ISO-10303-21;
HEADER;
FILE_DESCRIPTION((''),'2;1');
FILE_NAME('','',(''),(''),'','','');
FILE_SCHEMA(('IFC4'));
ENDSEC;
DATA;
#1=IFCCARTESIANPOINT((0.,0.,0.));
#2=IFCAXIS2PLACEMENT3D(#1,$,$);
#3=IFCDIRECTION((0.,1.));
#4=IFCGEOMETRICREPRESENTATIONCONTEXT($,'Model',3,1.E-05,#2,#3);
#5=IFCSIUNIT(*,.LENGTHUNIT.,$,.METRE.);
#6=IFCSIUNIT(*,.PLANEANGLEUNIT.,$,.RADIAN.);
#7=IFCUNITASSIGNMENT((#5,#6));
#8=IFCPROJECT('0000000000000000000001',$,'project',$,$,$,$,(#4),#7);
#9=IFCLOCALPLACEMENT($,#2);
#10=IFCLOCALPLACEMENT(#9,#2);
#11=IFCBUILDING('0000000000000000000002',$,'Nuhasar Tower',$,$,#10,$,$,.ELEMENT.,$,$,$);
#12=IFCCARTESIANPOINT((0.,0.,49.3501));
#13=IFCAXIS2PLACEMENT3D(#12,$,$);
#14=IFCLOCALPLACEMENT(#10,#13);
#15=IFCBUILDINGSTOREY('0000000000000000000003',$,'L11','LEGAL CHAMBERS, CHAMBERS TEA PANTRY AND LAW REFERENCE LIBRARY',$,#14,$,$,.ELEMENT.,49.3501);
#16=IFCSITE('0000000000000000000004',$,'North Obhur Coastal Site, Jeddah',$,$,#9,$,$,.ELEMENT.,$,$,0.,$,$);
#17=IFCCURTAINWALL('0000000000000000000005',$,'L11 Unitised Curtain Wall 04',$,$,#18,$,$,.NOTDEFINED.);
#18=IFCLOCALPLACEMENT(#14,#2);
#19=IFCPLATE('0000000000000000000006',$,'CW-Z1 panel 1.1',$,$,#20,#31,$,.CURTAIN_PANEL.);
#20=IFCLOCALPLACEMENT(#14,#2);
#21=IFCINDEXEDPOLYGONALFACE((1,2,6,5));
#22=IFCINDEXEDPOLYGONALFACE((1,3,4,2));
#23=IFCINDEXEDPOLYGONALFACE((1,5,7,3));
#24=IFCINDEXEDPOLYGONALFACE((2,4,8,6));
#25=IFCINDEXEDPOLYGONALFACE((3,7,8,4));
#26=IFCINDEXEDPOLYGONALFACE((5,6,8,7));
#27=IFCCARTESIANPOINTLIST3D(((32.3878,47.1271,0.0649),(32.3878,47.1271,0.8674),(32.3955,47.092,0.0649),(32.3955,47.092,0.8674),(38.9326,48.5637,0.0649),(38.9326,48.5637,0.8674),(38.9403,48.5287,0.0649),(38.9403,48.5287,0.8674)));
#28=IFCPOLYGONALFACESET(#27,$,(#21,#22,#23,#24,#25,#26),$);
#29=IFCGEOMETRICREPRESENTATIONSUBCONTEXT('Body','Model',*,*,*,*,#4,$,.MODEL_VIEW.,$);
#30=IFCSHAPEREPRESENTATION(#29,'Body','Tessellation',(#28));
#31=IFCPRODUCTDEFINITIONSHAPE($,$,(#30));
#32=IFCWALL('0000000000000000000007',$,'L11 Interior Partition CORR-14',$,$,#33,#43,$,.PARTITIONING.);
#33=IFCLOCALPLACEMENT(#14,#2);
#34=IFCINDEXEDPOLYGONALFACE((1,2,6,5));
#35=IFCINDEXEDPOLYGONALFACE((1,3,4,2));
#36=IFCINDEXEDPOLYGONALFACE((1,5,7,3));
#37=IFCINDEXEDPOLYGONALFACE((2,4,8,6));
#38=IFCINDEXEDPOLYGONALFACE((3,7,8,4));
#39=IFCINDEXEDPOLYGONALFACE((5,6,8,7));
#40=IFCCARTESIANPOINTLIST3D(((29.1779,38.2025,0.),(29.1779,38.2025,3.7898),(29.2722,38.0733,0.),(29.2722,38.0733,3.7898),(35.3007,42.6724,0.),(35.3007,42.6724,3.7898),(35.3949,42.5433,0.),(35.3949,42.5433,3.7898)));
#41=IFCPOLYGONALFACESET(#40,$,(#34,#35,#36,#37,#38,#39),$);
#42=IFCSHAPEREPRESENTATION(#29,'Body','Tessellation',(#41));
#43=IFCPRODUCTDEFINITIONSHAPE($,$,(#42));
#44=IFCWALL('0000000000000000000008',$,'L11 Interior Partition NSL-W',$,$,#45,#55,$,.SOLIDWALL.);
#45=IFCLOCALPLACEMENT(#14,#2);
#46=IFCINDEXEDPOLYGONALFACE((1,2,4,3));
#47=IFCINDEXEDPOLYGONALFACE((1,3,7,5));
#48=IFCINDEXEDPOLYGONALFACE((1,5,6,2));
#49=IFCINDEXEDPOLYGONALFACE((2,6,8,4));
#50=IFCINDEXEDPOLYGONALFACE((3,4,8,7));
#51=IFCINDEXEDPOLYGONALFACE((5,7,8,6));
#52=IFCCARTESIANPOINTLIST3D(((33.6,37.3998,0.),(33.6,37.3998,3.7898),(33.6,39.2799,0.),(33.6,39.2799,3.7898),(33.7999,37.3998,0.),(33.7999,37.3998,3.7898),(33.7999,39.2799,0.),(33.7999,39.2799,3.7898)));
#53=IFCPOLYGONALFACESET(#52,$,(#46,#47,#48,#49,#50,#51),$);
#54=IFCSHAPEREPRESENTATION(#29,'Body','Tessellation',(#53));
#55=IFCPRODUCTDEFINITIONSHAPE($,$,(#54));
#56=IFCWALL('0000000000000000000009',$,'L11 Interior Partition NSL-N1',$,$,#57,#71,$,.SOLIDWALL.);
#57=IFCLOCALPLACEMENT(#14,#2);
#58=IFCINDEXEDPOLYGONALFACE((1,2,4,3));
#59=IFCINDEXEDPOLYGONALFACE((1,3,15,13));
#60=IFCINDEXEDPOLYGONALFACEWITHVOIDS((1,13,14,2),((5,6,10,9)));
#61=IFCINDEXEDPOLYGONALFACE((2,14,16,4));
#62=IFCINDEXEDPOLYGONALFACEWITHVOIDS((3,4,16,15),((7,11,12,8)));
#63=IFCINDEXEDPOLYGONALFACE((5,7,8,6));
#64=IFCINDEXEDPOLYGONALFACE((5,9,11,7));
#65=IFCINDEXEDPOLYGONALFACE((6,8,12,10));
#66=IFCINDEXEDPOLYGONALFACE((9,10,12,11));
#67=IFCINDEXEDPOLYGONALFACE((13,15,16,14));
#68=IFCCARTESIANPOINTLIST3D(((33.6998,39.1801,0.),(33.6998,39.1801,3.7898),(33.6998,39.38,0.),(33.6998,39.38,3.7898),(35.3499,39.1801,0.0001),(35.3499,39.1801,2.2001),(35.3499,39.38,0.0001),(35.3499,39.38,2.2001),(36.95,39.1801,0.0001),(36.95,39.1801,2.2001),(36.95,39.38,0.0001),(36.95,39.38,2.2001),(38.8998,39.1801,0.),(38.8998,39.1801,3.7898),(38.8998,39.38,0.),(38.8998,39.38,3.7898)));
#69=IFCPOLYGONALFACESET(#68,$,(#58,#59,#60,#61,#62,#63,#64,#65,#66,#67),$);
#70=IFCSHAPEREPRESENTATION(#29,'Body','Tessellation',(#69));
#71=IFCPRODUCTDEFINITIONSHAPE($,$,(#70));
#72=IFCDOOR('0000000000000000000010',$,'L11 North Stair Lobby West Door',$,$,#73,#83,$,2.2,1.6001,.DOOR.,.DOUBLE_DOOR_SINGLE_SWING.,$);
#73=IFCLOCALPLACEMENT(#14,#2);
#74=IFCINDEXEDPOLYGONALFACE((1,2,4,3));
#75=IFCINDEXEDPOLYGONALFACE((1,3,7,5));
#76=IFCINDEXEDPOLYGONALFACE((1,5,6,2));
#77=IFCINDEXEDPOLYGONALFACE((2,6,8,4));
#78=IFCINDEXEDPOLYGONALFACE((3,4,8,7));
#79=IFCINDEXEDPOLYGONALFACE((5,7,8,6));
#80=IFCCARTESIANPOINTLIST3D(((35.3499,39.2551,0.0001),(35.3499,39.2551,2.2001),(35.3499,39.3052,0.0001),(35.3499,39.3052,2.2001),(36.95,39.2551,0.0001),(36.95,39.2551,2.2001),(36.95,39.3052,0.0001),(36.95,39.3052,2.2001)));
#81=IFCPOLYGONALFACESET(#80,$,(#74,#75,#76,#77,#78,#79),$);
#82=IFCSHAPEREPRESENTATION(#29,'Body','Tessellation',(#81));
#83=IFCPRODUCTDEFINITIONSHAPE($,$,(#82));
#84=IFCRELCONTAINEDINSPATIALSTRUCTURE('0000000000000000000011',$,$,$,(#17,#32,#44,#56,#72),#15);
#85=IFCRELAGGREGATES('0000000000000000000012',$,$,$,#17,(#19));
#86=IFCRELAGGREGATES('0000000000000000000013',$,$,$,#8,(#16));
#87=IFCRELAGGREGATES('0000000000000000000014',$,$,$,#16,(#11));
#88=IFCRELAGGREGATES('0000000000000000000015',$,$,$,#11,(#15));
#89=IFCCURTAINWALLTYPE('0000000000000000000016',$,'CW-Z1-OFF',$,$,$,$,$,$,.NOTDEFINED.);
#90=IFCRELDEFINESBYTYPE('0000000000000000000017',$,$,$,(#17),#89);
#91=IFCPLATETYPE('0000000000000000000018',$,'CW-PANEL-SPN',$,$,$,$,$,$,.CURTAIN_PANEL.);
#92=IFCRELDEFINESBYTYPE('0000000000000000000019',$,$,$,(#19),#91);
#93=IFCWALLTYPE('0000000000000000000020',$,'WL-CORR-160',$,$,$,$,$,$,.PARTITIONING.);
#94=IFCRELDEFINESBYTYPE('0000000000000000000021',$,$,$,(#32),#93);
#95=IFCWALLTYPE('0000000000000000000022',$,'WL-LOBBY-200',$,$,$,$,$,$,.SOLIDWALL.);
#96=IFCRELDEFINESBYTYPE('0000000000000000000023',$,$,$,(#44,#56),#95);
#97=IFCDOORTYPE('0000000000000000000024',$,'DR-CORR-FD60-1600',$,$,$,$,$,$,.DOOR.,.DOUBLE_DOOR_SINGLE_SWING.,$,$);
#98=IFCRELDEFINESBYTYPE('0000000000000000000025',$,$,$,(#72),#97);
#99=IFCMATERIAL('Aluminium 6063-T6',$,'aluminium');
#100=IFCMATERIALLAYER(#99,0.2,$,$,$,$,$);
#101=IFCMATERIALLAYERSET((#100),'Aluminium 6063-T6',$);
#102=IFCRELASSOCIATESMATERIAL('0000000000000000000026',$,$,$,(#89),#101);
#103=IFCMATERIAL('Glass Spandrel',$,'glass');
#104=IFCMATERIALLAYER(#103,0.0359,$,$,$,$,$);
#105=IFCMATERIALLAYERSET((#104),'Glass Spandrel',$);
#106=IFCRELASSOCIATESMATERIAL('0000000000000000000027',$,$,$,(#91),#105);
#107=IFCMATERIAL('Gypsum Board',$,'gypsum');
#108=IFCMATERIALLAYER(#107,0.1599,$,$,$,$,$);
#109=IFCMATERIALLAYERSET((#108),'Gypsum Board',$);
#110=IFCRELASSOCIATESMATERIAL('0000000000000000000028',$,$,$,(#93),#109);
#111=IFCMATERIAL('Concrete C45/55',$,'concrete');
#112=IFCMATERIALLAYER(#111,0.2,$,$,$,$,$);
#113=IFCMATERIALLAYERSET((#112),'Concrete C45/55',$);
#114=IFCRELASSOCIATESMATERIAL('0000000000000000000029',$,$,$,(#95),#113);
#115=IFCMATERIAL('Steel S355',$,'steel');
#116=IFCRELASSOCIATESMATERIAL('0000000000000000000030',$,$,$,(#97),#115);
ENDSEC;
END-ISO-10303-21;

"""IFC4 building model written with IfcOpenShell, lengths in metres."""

from ifc_helpers import new_model, si_unit, direction, frame, frame_2d, origin, origin_2d, place, context, subcontext, project, spatial, rectangle, extrude, material, layer, layer_set, type_object, element, fill, aggregate, save


model = new_model("IFC4")

# Units and contexts
model_context = context("Model", 3, precision=1e-05, world=origin(), true_north=direction((0.0, 1.0)))
body_context = subcontext(model_context, "Body", "Model", "MODEL_VIEW")
ifc_project = project(units=[si_unit("LENGTHUNIT", "METRE"), si_unit("PLANEANGLEUNIT", "RADIAN")], contexts=[model_context])

# Site, building, storey
site_placement = place(None, origin())
site = spatial("IfcSite", under=ifc_project, at=site_placement, Name="North Obhur Coastal Site, Jeddah", CompositionType="ELEMENT", RefElevation=0.0)
building_placement = place(site_placement, origin())
building = spatial("IfcBuilding", under=site, at=building_placement, Name="Nuhasar Tower", CompositionType="ELEMENT")
storey_placement = place(building_placement, frame((0.0, 0.0, 49.3501)))
storey = spatial("IfcBuildingStorey", under=building, at=storey_placement, Name="L11", Description="LEGAL CHAMBERS, CHAMBERS TEA PANTRY AND LAW REFERENCE LIBRARY", CompositionType="ELEMENT", Elevation=49.3501)

# Shared definitions
ifc_material_1 = material(Name="Steel S355", Category="steel")

# Curtain wall
ifc_material_2 = material(Name="Aluminium 6063-T6", Category="aluminium")
ifc_layer_1 = layer(ifc_material_2, 0.2)
ifc_layer_set_1 = layer_set([ifc_layer_1], Name="Aluminium 6063-T6")
curtain_wall_type = type_object("IfcCurtainWallType", Name="CW-Z1-OFF", PredefinedType="NOTDEFINED", material=ifc_layer_set_1)
curtain_wall_placement = place(storey_placement, origin())
curtain_wall = element("IfcCurtainWall", 1, at=curtain_wall_placement, inside=storey, type_object=curtain_wall_type, Name="L11 Unitised Curtain Wall 04", PredefinedType="NOTDEFINED")

# Plate
ifc_material_3 = material(Name="Glass Spandrel", Category="glass")
ifc_layer_2 = layer(ifc_material_3, 0.0359)
ifc_layer_set_2 = layer_set([ifc_layer_2], Name="Glass Spandrel")
plate_type_1 = type_object("IfcPlateType", Name="CW-PANEL-SPN", PredefinedType="CURTAIN_PANEL", material=ifc_layer_set_2)
plate_1_placement = place(storey_placement, frame((35.6641, 47.8279, 0.0649), z_axis=(0.0, 0.0, 1.0), x_axis=(-0.976746, -0.214399, 0.0)))
plate_1 = element("IfcPlate", 2, at=plate_1_placement, type_object=plate_type_1, Name="CW-Z1 panel 1.1", PredefinedType="CURTAIN_PANEL", context=body_context, shape_type="SweptSolid", body=[
    extrude(rectangle(XDim=6.7007, YDim=0.0359, at=origin_2d()), origin(), (0.0, 0.0, 1.0), 0.8025),
])
aggregate(curtain_wall, [plate_1])

# Shared definitions
ifc_material_4 = material(Name="Gypsum Board", Category="gypsum")
ifc_layer_3 = layer(ifc_material_4, 0.1599)
ifc_layer_set_3 = layer_set([ifc_layer_3], Name="Gypsum Board")
wall_type_1 = type_object("IfcWallType", Name="WL-CORR-160", PredefinedType="PARTITIONING", material=ifc_layer_set_3)

# Walls
wall_1_placement = place(storey_placement, frame((35.3479, 42.6079, 0.0), z_axis=(0.0, 0.0, 1.0), x_axis=(-0.807667, -0.589639, 0.0)))
element("IfcWall", 3, at=wall_1_placement, inside=storey, type_object=wall_type_1, Name="L11 Interior Partition CORR-14", PredefinedType="PARTITIONING", context=body_context, shape_type="SweptSolid", body=[
    extrude(rectangle(XDim=7.5808, YDim=0.1599, at=frame_2d((3.7905, 0.0))), origin(), (0.0, 0.0, 1.0), 3.7898),
])
ifc_material_5 = material(Name="Concrete C45/55", Category="concrete")
ifc_layer_4 = layer(ifc_material_5, 0.2)
ifc_layer_set_4 = layer_set([ifc_layer_4], Name="Concrete C45/55")
wall_type_2 = type_object("IfcWallType", Name="WL-LOBBY-200", PredefinedType="SOLIDWALL", material=ifc_layer_set_4)
wall_2_placement = place(storey_placement, frame((33.7, 37.3999, 0.0), z_axis=(0.0, 0.0, 1.0), x_axis=(0.0, 1.0, 0.0)))
element("IfcWall", 4, at=wall_2_placement, inside=storey, type_object=wall_type_2, Name="L11 Interior Partition NSL-W", PredefinedType="SOLIDWALL", context=body_context, shape_type="SweptSolid", body=[
    extrude(rectangle(XDim=1.8801, YDim=0.2, at=frame_2d((0.9399, 0.0))), origin(), (0.0, 0.0, 1.0), 3.7898),
])

# Wall, opening, door
wall_3_placement = place(storey_placement, frame((38.8999, 39.28, 0.0), z_axis=(0.0, 0.0, 1.0), x_axis=(-1.0, 0.0, 0.0)))
wall_3 = element("IfcWall", 5, at=wall_3_placement, inside=storey, type_object=wall_type_2, Name="L11 Interior Partition NSL-N1", PredefinedType="SOLIDWALL", context=body_context, shape_type="SweptSolid", body=[
    extrude(rectangle(XDim=5.2, YDim=0.2, at=frame_2d((2.6001, 0.0))), origin(), (0.0, 0.0, 1.0), 3.7898),
])
opening_1_placement = place(wall_3_placement, frame((1.95, 0.0, 0.0)))
opening_1 = element("IfcOpeningElement", 6, at=opening_1_placement, cuts=wall_3, PredefinedType="OPENING", context=body_context, shape_type="SweptSolid", body=[
    extrude(rectangle(XDim=1.6001, YDim=2.2, at=frame_2d((0.8, 1.1001))), frame((0.0, 0.1099, 0.0), z_axis=(0.0, -1.0, 0.0), x_axis=(1.0, 0.0, 0.0)), (0.0, 0.0, 1.0), 0.22),
])
door_type_1 = type_object("IfcDoorType", Name="DR-CORR-FD60-1600", OperationType="DOUBLE_DOOR_SINGLE_SWING", PredefinedType="DOOR", material=ifc_material_1)
door_1_placement = place(opening_1_placement, origin())
door_1 = element("IfcDoor", 7, at=door_1_placement, inside=storey, type_object=door_type_1, Name="L11 North Stair Lobby West Door", OperationType="DOUBLE_DOOR_SINGLE_SWING", OverallHeight=2.2, OverallWidth=1.6001, PredefinedType="DOOR", context=body_context, shape_type="SweptSolid", body=[
    extrude(rectangle(XDim=1.6001, YDim=2.2, at=frame_2d((0.8, 1.1001))), frame((0.0, 0.0249, 0.0), z_axis=(0.0, -1.0, 0.0), x_axis=(1.0, 0.0, 0.0)), (0.0, 0.0, 1.0), 0.05),
])
fill(opening_1, door_1)

save(model, "model.ifc")
